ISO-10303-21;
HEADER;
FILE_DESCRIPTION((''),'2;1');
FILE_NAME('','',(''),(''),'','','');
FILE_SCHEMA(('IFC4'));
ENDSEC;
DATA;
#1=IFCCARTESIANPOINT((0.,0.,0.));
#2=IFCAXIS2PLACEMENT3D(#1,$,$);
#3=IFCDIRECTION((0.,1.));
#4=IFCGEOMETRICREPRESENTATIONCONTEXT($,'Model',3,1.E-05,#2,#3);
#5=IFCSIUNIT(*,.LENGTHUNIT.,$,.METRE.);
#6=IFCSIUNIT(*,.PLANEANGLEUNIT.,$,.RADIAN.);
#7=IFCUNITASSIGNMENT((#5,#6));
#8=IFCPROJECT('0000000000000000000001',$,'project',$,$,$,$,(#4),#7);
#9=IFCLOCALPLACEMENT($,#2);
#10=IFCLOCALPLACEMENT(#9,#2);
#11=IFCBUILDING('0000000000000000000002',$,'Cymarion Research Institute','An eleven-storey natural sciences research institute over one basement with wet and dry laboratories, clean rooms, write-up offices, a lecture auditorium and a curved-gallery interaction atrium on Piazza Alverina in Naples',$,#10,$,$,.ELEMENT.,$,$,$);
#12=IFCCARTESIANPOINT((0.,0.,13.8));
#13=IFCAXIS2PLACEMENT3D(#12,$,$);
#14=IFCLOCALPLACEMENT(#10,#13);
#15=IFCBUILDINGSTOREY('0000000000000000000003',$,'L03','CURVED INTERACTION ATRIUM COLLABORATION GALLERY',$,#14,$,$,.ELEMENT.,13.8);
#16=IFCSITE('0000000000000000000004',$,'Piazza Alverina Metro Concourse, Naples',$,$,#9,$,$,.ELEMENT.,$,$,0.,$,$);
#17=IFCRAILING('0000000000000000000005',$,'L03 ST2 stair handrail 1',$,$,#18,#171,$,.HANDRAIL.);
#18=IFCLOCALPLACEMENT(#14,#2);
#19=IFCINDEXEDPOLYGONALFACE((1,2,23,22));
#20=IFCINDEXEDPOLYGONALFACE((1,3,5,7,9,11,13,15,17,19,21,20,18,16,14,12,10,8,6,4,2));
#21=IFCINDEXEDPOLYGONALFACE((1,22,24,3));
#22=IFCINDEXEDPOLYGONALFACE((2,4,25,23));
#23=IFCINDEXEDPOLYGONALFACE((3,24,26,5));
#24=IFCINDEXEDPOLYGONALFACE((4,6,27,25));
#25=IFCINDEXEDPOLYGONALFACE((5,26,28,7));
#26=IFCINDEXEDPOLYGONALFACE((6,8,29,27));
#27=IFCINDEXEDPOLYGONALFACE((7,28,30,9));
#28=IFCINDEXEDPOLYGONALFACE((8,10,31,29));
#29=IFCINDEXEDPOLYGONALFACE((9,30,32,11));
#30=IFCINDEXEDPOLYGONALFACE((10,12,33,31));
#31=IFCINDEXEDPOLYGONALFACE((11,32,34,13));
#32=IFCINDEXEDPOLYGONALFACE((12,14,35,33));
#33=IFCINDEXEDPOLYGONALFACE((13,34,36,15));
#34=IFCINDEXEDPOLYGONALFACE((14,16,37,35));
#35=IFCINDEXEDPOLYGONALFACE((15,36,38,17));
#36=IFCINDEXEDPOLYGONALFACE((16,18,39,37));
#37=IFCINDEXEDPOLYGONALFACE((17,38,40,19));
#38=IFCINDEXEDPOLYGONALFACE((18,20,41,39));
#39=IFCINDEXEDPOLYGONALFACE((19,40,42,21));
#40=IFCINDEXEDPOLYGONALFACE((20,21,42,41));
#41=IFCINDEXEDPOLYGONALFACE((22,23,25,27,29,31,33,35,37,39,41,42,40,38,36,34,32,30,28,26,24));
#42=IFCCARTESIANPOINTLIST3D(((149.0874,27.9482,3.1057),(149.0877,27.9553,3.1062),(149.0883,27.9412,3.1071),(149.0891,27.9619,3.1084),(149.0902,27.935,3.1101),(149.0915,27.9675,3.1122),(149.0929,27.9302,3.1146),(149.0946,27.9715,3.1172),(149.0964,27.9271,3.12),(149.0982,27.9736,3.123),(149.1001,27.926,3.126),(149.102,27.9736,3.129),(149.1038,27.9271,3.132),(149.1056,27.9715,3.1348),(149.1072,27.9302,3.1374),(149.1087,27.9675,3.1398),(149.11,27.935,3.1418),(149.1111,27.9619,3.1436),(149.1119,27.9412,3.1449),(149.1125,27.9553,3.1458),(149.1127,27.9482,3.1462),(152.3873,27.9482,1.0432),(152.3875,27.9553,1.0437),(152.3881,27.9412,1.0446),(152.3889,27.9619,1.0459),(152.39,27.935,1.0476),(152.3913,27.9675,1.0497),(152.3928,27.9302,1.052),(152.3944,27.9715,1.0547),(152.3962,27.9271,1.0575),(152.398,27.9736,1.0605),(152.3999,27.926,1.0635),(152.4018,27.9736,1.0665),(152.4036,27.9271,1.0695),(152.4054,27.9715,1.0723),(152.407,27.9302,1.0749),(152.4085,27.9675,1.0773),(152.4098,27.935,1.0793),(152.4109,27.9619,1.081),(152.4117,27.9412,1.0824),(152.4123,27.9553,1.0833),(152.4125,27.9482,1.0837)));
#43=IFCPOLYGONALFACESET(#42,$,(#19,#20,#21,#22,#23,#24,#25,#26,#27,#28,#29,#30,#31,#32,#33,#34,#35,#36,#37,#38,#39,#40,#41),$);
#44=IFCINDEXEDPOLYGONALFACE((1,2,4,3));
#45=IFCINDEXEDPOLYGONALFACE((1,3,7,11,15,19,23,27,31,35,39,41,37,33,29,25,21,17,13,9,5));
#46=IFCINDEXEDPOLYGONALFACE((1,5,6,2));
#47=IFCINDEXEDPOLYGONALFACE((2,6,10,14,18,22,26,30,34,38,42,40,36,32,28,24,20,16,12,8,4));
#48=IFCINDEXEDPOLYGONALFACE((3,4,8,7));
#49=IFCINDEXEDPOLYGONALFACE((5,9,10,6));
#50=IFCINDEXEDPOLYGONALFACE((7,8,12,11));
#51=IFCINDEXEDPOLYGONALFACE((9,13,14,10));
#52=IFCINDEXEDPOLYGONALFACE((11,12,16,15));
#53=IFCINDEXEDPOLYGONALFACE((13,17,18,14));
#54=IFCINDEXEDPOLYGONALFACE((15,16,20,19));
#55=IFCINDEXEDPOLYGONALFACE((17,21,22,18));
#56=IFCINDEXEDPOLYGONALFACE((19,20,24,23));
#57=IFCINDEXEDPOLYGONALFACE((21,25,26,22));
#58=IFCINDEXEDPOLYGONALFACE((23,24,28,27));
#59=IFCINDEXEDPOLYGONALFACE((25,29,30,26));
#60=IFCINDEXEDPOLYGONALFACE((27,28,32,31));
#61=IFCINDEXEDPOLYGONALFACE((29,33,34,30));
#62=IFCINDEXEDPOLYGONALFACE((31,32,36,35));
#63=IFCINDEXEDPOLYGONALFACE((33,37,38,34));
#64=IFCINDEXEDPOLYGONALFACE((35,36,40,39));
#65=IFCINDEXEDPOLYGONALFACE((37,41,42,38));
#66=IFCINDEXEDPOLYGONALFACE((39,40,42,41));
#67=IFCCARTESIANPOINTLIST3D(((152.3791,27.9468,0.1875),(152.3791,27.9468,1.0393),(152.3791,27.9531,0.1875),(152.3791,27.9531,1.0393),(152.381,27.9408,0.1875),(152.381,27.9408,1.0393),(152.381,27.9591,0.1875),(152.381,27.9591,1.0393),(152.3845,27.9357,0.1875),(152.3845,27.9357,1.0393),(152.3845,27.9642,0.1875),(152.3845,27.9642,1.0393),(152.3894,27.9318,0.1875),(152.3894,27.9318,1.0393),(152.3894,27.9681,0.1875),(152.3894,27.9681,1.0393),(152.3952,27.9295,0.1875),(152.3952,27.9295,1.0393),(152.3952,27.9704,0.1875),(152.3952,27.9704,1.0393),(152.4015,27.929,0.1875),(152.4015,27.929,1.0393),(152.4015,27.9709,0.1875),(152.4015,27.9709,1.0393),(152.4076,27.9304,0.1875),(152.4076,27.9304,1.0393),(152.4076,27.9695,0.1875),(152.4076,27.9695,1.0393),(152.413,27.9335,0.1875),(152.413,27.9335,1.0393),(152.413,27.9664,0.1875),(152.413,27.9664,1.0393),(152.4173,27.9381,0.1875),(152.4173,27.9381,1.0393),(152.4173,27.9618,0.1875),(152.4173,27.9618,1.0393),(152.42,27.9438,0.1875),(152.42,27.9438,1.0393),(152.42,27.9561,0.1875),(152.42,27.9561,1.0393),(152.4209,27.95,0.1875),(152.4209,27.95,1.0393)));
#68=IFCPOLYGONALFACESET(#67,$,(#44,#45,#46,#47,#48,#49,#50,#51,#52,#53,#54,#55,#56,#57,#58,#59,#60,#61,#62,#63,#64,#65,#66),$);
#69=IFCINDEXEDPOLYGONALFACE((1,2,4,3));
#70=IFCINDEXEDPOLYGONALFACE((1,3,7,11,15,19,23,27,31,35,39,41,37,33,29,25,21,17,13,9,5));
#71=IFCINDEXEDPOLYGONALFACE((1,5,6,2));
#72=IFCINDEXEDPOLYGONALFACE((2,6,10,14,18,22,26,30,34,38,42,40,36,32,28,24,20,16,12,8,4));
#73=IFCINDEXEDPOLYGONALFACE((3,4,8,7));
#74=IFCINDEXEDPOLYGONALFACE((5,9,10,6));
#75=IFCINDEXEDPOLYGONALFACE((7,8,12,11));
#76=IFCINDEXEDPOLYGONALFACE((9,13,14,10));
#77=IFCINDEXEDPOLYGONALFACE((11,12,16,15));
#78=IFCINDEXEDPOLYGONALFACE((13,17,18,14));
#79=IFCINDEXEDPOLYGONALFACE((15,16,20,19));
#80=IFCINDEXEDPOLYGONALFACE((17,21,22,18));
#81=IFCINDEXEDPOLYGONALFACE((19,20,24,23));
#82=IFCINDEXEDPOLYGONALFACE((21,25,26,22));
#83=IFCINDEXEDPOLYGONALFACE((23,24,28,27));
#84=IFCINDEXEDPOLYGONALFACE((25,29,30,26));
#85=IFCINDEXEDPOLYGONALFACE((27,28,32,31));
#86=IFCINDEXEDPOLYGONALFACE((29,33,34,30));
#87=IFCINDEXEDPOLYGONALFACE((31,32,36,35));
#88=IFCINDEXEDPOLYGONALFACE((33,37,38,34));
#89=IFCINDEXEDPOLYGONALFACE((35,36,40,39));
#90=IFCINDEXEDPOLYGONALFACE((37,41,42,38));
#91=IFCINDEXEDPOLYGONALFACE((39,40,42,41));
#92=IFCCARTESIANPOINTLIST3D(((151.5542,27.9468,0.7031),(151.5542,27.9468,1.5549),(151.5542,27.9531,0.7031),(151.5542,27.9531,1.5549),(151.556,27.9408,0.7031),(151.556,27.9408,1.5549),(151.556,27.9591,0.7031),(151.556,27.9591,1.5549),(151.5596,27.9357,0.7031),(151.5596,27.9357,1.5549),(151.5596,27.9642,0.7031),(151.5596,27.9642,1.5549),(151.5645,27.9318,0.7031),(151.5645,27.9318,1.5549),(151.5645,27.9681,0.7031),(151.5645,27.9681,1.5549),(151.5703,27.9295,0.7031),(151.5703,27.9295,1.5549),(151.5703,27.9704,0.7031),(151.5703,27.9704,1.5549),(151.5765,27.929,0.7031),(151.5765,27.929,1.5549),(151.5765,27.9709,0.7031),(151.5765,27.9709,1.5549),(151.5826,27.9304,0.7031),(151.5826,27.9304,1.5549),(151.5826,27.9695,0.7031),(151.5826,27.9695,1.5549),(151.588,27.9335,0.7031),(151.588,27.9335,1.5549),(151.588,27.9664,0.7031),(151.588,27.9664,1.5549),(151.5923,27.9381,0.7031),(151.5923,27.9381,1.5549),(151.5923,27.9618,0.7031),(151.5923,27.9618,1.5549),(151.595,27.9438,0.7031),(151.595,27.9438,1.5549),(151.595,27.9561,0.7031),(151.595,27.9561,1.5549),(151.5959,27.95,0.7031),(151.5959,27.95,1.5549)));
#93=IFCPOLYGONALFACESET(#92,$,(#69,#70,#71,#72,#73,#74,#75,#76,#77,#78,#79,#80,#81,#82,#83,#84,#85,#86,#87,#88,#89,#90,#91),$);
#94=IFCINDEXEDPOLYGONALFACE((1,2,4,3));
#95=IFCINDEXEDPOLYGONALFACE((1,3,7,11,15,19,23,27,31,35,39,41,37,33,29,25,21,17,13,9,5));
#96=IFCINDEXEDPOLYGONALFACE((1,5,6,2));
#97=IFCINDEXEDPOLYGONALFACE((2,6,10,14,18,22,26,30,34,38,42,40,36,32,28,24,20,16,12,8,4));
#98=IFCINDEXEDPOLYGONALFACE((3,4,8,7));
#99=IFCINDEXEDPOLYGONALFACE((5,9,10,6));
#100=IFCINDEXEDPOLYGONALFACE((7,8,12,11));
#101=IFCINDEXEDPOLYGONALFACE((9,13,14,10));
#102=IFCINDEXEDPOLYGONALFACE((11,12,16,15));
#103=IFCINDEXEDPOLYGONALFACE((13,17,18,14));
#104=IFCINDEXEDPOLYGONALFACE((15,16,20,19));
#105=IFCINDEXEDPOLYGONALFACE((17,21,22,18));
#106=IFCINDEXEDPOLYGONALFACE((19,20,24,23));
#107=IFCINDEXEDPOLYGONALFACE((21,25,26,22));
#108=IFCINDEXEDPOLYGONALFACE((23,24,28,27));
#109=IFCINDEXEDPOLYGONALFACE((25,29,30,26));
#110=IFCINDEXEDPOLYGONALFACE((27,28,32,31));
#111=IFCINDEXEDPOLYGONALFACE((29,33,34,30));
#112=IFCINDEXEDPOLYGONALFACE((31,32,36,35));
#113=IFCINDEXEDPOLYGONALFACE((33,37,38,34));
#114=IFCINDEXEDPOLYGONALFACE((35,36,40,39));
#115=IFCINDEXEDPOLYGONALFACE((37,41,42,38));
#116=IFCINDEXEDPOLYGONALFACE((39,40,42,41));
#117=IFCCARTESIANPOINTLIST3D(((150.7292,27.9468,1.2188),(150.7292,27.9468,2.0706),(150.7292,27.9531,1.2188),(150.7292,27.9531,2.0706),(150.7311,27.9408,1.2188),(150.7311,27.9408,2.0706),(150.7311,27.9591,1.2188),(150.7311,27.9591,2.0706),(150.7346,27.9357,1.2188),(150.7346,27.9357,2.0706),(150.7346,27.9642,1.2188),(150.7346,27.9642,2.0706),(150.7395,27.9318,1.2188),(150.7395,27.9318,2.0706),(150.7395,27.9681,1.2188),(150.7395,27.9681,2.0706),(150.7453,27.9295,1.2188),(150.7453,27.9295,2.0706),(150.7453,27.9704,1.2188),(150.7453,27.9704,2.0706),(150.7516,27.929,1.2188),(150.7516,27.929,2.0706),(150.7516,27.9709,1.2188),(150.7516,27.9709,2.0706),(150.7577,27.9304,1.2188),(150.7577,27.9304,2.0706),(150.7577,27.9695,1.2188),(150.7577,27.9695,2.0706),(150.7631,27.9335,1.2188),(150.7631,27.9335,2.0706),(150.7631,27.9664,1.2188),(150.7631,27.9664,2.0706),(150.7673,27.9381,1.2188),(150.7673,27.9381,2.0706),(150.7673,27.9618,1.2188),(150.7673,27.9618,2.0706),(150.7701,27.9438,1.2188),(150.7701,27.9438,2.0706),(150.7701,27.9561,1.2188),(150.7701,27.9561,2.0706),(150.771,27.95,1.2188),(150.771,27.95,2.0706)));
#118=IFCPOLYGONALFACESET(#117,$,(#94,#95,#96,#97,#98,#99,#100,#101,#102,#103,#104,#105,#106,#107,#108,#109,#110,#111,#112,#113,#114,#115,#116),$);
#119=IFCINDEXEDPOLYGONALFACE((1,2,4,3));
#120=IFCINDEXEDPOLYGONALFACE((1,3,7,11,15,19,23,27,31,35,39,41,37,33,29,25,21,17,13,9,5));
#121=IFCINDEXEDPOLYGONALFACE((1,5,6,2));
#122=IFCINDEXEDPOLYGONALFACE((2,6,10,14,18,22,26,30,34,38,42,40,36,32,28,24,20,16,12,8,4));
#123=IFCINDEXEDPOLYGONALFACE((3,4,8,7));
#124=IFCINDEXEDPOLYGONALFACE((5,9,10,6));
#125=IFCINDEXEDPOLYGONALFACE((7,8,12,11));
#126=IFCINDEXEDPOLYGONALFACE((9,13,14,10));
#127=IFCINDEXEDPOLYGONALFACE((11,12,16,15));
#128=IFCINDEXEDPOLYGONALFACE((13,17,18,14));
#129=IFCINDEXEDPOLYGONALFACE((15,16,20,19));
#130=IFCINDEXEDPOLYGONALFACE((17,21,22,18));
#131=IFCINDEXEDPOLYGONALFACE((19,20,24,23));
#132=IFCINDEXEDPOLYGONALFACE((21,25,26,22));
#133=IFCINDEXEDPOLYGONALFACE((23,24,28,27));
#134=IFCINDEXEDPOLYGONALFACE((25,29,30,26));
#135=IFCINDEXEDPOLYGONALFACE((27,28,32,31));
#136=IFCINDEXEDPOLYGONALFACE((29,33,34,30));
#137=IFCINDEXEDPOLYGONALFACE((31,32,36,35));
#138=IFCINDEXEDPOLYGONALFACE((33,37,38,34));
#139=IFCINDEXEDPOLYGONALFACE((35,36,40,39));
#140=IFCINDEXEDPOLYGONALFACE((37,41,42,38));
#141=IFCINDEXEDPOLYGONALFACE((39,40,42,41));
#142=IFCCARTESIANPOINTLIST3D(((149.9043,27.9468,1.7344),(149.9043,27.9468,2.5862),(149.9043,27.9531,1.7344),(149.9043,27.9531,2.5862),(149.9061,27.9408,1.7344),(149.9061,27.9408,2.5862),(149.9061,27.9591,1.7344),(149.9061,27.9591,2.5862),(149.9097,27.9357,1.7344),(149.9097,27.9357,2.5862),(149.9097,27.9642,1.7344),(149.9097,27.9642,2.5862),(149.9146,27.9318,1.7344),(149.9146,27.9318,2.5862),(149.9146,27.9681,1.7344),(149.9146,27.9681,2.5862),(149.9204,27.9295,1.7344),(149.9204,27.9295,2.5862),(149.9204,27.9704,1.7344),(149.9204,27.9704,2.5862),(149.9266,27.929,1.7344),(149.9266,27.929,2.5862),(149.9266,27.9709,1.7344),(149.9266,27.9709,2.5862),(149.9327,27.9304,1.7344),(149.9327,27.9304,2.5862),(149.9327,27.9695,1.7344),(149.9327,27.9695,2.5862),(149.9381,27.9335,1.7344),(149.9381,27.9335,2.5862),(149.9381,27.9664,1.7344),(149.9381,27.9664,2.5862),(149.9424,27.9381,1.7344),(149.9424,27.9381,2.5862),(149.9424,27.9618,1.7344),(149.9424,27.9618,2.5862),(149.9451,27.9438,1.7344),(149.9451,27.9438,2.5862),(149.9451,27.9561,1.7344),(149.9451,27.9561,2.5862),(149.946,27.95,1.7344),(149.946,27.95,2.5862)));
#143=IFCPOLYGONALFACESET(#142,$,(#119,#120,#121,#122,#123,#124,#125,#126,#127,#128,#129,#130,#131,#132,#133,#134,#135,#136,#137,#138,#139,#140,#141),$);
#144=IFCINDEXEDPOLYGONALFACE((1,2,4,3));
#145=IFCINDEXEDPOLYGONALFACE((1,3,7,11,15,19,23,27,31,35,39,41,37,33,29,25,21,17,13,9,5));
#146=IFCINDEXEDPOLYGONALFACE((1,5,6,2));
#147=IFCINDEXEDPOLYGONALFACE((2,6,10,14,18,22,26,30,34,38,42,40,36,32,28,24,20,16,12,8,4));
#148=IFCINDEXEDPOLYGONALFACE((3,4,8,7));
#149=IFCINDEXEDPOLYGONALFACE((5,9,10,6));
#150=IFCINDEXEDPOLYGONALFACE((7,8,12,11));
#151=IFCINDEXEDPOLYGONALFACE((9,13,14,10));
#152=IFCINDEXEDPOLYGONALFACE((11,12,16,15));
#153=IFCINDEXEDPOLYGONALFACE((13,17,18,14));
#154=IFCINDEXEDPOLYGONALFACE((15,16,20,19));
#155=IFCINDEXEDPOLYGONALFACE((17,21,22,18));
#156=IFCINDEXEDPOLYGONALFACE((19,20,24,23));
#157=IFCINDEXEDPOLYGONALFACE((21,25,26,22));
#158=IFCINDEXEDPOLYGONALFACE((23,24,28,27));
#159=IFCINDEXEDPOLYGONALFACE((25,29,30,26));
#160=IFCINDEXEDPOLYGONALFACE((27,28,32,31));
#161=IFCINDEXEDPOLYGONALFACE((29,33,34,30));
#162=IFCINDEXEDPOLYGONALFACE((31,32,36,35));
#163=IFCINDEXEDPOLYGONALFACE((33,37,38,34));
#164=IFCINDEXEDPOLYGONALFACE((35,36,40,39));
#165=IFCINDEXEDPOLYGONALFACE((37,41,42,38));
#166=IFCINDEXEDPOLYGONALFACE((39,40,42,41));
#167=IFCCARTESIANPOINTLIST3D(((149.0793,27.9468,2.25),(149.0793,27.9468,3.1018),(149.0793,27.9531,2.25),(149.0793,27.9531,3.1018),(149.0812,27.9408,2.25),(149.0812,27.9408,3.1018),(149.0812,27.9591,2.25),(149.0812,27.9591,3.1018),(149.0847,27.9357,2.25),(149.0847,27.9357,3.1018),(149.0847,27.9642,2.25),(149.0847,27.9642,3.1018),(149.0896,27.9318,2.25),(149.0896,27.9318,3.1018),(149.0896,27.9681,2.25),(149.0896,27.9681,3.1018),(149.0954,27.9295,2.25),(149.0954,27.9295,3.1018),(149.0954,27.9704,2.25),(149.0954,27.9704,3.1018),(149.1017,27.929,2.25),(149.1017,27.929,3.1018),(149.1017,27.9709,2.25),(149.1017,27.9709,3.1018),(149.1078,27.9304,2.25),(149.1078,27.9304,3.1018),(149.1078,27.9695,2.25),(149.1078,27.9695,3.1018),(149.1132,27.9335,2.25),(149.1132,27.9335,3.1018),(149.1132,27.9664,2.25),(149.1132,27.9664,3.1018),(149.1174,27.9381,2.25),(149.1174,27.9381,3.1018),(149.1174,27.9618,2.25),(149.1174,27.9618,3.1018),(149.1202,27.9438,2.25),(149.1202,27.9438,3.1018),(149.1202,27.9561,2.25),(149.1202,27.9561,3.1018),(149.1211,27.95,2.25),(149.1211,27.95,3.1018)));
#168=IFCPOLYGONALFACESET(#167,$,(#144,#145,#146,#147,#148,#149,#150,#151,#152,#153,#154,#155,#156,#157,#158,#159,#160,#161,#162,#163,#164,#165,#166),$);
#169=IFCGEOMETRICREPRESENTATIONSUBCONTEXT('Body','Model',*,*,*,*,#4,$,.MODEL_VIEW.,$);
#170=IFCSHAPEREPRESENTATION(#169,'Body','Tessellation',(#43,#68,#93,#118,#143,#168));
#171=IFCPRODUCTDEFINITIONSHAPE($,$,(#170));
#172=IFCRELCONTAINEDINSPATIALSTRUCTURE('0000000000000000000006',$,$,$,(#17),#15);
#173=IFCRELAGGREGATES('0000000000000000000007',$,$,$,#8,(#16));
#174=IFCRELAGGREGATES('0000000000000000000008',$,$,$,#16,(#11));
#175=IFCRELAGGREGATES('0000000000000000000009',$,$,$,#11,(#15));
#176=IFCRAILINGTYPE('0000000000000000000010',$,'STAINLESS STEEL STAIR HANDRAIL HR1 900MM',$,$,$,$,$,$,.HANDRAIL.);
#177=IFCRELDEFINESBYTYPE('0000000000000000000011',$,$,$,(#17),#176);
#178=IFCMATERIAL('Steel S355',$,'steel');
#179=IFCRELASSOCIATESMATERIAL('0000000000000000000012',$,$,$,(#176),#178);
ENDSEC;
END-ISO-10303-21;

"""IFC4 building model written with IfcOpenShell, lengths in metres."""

from ifc_helpers import new_model, si_unit, direction, frame, origin, origin_2d, place, context, subcontext, project, spatial, circle, extrude, material, type_object, element, save


model = new_model("IFC4")

# Units and contexts
model_context = context("Model", 3, precision=1e-05, world=origin(), true_north=direction((0.0, 1.0)))
body_context = subcontext(model_context, "Body", "Model", "MODEL_VIEW")
ifc_project = project(units=[si_unit("LENGTHUNIT", "METRE"), si_unit("PLANEANGLEUNIT", "RADIAN")], contexts=[model_context])

# Site, building, storey
site_placement = place(None, origin())
site = spatial("IfcSite", under=ifc_project, at=site_placement, Name="Piazza Alverina Metro Concourse, Naples", CompositionType="ELEMENT", RefElevation=0.0)
building_placement = place(site_placement, origin())
building = spatial("IfcBuilding", under=site, at=building_placement, Name="Cymarion Research Institute", Description="An eleven-storey natural sciences research institute over one basement with wet and dry laboratories, clean rooms, write-up offices, a lecture auditorium and a curved-gallery interaction atrium on Piazza Alverina in Naples", CompositionType="ELEMENT")
storey_placement = place(building_placement, frame((0.0, 0.0, 13.8)))
storey = spatial("IfcBuildingStorey", under=building, at=storey_placement, Name="L03", Description="CURVED INTERACTION ATRIUM COLLABORATION GALLERY", CompositionType="ELEMENT", Elevation=13.8)

# Shared definitions
ifc_material_1 = material(Name="Steel S355", Category="steel")

# Railing
railing_type_1 = type_object("IfcRailingType", Name="STAINLESS STEEL STAIR HANDRAIL HR1 900MM", PredefinedType="HANDRAIL", material=ifc_material_1)
railing_1_placement = place(storey_placement, frame((152.3999, 27.95, 0.1875)))
element("IfcRailing", 1, at=railing_1_placement, inside=storey, type_object=railing_type_1, Name="L03 ST2 stair handrail 1", PredefinedType="HANDRAIL", context=body_context, shape_type="SweptSolid", body=[
    extrude(circle(Radius=0.0239, at=origin_2d()), frame((0.0, 0.0, 0.876), z_axis=(-0.847984, 0.0, 0.530021), x_axis=(0.0, -1.0, 0.0)), (0.0, 0.0, 1.0), 3.8914),
    extrude(circle(Radius=0.021, at=origin_2d()), origin(), (0.0, 0.0, 1.0), 0.8518),
    extrude(circle(Radius=0.021, at=origin_2d()), frame((-0.825, 0.0, 0.5156)), (0.0, 0.0, 1.0), 0.8518),
    extrude(circle(Radius=0.021, at=origin_2d()), frame((-1.6499, 0.0, 1.0312)), (0.0, 0.0, 1.0), 0.8518),
    extrude(circle(Radius=0.021, at=origin_2d()), frame((-2.4749, 0.0, 1.5469)), (0.0, 0.0, 1.0), 0.8518),
    extrude(circle(Radius=0.021, at=origin_2d()), frame((-3.2998, 0.0, 2.0625)), (0.0, 0.0, 1.0), 0.8518),
])

save(model, "model.ifc")
